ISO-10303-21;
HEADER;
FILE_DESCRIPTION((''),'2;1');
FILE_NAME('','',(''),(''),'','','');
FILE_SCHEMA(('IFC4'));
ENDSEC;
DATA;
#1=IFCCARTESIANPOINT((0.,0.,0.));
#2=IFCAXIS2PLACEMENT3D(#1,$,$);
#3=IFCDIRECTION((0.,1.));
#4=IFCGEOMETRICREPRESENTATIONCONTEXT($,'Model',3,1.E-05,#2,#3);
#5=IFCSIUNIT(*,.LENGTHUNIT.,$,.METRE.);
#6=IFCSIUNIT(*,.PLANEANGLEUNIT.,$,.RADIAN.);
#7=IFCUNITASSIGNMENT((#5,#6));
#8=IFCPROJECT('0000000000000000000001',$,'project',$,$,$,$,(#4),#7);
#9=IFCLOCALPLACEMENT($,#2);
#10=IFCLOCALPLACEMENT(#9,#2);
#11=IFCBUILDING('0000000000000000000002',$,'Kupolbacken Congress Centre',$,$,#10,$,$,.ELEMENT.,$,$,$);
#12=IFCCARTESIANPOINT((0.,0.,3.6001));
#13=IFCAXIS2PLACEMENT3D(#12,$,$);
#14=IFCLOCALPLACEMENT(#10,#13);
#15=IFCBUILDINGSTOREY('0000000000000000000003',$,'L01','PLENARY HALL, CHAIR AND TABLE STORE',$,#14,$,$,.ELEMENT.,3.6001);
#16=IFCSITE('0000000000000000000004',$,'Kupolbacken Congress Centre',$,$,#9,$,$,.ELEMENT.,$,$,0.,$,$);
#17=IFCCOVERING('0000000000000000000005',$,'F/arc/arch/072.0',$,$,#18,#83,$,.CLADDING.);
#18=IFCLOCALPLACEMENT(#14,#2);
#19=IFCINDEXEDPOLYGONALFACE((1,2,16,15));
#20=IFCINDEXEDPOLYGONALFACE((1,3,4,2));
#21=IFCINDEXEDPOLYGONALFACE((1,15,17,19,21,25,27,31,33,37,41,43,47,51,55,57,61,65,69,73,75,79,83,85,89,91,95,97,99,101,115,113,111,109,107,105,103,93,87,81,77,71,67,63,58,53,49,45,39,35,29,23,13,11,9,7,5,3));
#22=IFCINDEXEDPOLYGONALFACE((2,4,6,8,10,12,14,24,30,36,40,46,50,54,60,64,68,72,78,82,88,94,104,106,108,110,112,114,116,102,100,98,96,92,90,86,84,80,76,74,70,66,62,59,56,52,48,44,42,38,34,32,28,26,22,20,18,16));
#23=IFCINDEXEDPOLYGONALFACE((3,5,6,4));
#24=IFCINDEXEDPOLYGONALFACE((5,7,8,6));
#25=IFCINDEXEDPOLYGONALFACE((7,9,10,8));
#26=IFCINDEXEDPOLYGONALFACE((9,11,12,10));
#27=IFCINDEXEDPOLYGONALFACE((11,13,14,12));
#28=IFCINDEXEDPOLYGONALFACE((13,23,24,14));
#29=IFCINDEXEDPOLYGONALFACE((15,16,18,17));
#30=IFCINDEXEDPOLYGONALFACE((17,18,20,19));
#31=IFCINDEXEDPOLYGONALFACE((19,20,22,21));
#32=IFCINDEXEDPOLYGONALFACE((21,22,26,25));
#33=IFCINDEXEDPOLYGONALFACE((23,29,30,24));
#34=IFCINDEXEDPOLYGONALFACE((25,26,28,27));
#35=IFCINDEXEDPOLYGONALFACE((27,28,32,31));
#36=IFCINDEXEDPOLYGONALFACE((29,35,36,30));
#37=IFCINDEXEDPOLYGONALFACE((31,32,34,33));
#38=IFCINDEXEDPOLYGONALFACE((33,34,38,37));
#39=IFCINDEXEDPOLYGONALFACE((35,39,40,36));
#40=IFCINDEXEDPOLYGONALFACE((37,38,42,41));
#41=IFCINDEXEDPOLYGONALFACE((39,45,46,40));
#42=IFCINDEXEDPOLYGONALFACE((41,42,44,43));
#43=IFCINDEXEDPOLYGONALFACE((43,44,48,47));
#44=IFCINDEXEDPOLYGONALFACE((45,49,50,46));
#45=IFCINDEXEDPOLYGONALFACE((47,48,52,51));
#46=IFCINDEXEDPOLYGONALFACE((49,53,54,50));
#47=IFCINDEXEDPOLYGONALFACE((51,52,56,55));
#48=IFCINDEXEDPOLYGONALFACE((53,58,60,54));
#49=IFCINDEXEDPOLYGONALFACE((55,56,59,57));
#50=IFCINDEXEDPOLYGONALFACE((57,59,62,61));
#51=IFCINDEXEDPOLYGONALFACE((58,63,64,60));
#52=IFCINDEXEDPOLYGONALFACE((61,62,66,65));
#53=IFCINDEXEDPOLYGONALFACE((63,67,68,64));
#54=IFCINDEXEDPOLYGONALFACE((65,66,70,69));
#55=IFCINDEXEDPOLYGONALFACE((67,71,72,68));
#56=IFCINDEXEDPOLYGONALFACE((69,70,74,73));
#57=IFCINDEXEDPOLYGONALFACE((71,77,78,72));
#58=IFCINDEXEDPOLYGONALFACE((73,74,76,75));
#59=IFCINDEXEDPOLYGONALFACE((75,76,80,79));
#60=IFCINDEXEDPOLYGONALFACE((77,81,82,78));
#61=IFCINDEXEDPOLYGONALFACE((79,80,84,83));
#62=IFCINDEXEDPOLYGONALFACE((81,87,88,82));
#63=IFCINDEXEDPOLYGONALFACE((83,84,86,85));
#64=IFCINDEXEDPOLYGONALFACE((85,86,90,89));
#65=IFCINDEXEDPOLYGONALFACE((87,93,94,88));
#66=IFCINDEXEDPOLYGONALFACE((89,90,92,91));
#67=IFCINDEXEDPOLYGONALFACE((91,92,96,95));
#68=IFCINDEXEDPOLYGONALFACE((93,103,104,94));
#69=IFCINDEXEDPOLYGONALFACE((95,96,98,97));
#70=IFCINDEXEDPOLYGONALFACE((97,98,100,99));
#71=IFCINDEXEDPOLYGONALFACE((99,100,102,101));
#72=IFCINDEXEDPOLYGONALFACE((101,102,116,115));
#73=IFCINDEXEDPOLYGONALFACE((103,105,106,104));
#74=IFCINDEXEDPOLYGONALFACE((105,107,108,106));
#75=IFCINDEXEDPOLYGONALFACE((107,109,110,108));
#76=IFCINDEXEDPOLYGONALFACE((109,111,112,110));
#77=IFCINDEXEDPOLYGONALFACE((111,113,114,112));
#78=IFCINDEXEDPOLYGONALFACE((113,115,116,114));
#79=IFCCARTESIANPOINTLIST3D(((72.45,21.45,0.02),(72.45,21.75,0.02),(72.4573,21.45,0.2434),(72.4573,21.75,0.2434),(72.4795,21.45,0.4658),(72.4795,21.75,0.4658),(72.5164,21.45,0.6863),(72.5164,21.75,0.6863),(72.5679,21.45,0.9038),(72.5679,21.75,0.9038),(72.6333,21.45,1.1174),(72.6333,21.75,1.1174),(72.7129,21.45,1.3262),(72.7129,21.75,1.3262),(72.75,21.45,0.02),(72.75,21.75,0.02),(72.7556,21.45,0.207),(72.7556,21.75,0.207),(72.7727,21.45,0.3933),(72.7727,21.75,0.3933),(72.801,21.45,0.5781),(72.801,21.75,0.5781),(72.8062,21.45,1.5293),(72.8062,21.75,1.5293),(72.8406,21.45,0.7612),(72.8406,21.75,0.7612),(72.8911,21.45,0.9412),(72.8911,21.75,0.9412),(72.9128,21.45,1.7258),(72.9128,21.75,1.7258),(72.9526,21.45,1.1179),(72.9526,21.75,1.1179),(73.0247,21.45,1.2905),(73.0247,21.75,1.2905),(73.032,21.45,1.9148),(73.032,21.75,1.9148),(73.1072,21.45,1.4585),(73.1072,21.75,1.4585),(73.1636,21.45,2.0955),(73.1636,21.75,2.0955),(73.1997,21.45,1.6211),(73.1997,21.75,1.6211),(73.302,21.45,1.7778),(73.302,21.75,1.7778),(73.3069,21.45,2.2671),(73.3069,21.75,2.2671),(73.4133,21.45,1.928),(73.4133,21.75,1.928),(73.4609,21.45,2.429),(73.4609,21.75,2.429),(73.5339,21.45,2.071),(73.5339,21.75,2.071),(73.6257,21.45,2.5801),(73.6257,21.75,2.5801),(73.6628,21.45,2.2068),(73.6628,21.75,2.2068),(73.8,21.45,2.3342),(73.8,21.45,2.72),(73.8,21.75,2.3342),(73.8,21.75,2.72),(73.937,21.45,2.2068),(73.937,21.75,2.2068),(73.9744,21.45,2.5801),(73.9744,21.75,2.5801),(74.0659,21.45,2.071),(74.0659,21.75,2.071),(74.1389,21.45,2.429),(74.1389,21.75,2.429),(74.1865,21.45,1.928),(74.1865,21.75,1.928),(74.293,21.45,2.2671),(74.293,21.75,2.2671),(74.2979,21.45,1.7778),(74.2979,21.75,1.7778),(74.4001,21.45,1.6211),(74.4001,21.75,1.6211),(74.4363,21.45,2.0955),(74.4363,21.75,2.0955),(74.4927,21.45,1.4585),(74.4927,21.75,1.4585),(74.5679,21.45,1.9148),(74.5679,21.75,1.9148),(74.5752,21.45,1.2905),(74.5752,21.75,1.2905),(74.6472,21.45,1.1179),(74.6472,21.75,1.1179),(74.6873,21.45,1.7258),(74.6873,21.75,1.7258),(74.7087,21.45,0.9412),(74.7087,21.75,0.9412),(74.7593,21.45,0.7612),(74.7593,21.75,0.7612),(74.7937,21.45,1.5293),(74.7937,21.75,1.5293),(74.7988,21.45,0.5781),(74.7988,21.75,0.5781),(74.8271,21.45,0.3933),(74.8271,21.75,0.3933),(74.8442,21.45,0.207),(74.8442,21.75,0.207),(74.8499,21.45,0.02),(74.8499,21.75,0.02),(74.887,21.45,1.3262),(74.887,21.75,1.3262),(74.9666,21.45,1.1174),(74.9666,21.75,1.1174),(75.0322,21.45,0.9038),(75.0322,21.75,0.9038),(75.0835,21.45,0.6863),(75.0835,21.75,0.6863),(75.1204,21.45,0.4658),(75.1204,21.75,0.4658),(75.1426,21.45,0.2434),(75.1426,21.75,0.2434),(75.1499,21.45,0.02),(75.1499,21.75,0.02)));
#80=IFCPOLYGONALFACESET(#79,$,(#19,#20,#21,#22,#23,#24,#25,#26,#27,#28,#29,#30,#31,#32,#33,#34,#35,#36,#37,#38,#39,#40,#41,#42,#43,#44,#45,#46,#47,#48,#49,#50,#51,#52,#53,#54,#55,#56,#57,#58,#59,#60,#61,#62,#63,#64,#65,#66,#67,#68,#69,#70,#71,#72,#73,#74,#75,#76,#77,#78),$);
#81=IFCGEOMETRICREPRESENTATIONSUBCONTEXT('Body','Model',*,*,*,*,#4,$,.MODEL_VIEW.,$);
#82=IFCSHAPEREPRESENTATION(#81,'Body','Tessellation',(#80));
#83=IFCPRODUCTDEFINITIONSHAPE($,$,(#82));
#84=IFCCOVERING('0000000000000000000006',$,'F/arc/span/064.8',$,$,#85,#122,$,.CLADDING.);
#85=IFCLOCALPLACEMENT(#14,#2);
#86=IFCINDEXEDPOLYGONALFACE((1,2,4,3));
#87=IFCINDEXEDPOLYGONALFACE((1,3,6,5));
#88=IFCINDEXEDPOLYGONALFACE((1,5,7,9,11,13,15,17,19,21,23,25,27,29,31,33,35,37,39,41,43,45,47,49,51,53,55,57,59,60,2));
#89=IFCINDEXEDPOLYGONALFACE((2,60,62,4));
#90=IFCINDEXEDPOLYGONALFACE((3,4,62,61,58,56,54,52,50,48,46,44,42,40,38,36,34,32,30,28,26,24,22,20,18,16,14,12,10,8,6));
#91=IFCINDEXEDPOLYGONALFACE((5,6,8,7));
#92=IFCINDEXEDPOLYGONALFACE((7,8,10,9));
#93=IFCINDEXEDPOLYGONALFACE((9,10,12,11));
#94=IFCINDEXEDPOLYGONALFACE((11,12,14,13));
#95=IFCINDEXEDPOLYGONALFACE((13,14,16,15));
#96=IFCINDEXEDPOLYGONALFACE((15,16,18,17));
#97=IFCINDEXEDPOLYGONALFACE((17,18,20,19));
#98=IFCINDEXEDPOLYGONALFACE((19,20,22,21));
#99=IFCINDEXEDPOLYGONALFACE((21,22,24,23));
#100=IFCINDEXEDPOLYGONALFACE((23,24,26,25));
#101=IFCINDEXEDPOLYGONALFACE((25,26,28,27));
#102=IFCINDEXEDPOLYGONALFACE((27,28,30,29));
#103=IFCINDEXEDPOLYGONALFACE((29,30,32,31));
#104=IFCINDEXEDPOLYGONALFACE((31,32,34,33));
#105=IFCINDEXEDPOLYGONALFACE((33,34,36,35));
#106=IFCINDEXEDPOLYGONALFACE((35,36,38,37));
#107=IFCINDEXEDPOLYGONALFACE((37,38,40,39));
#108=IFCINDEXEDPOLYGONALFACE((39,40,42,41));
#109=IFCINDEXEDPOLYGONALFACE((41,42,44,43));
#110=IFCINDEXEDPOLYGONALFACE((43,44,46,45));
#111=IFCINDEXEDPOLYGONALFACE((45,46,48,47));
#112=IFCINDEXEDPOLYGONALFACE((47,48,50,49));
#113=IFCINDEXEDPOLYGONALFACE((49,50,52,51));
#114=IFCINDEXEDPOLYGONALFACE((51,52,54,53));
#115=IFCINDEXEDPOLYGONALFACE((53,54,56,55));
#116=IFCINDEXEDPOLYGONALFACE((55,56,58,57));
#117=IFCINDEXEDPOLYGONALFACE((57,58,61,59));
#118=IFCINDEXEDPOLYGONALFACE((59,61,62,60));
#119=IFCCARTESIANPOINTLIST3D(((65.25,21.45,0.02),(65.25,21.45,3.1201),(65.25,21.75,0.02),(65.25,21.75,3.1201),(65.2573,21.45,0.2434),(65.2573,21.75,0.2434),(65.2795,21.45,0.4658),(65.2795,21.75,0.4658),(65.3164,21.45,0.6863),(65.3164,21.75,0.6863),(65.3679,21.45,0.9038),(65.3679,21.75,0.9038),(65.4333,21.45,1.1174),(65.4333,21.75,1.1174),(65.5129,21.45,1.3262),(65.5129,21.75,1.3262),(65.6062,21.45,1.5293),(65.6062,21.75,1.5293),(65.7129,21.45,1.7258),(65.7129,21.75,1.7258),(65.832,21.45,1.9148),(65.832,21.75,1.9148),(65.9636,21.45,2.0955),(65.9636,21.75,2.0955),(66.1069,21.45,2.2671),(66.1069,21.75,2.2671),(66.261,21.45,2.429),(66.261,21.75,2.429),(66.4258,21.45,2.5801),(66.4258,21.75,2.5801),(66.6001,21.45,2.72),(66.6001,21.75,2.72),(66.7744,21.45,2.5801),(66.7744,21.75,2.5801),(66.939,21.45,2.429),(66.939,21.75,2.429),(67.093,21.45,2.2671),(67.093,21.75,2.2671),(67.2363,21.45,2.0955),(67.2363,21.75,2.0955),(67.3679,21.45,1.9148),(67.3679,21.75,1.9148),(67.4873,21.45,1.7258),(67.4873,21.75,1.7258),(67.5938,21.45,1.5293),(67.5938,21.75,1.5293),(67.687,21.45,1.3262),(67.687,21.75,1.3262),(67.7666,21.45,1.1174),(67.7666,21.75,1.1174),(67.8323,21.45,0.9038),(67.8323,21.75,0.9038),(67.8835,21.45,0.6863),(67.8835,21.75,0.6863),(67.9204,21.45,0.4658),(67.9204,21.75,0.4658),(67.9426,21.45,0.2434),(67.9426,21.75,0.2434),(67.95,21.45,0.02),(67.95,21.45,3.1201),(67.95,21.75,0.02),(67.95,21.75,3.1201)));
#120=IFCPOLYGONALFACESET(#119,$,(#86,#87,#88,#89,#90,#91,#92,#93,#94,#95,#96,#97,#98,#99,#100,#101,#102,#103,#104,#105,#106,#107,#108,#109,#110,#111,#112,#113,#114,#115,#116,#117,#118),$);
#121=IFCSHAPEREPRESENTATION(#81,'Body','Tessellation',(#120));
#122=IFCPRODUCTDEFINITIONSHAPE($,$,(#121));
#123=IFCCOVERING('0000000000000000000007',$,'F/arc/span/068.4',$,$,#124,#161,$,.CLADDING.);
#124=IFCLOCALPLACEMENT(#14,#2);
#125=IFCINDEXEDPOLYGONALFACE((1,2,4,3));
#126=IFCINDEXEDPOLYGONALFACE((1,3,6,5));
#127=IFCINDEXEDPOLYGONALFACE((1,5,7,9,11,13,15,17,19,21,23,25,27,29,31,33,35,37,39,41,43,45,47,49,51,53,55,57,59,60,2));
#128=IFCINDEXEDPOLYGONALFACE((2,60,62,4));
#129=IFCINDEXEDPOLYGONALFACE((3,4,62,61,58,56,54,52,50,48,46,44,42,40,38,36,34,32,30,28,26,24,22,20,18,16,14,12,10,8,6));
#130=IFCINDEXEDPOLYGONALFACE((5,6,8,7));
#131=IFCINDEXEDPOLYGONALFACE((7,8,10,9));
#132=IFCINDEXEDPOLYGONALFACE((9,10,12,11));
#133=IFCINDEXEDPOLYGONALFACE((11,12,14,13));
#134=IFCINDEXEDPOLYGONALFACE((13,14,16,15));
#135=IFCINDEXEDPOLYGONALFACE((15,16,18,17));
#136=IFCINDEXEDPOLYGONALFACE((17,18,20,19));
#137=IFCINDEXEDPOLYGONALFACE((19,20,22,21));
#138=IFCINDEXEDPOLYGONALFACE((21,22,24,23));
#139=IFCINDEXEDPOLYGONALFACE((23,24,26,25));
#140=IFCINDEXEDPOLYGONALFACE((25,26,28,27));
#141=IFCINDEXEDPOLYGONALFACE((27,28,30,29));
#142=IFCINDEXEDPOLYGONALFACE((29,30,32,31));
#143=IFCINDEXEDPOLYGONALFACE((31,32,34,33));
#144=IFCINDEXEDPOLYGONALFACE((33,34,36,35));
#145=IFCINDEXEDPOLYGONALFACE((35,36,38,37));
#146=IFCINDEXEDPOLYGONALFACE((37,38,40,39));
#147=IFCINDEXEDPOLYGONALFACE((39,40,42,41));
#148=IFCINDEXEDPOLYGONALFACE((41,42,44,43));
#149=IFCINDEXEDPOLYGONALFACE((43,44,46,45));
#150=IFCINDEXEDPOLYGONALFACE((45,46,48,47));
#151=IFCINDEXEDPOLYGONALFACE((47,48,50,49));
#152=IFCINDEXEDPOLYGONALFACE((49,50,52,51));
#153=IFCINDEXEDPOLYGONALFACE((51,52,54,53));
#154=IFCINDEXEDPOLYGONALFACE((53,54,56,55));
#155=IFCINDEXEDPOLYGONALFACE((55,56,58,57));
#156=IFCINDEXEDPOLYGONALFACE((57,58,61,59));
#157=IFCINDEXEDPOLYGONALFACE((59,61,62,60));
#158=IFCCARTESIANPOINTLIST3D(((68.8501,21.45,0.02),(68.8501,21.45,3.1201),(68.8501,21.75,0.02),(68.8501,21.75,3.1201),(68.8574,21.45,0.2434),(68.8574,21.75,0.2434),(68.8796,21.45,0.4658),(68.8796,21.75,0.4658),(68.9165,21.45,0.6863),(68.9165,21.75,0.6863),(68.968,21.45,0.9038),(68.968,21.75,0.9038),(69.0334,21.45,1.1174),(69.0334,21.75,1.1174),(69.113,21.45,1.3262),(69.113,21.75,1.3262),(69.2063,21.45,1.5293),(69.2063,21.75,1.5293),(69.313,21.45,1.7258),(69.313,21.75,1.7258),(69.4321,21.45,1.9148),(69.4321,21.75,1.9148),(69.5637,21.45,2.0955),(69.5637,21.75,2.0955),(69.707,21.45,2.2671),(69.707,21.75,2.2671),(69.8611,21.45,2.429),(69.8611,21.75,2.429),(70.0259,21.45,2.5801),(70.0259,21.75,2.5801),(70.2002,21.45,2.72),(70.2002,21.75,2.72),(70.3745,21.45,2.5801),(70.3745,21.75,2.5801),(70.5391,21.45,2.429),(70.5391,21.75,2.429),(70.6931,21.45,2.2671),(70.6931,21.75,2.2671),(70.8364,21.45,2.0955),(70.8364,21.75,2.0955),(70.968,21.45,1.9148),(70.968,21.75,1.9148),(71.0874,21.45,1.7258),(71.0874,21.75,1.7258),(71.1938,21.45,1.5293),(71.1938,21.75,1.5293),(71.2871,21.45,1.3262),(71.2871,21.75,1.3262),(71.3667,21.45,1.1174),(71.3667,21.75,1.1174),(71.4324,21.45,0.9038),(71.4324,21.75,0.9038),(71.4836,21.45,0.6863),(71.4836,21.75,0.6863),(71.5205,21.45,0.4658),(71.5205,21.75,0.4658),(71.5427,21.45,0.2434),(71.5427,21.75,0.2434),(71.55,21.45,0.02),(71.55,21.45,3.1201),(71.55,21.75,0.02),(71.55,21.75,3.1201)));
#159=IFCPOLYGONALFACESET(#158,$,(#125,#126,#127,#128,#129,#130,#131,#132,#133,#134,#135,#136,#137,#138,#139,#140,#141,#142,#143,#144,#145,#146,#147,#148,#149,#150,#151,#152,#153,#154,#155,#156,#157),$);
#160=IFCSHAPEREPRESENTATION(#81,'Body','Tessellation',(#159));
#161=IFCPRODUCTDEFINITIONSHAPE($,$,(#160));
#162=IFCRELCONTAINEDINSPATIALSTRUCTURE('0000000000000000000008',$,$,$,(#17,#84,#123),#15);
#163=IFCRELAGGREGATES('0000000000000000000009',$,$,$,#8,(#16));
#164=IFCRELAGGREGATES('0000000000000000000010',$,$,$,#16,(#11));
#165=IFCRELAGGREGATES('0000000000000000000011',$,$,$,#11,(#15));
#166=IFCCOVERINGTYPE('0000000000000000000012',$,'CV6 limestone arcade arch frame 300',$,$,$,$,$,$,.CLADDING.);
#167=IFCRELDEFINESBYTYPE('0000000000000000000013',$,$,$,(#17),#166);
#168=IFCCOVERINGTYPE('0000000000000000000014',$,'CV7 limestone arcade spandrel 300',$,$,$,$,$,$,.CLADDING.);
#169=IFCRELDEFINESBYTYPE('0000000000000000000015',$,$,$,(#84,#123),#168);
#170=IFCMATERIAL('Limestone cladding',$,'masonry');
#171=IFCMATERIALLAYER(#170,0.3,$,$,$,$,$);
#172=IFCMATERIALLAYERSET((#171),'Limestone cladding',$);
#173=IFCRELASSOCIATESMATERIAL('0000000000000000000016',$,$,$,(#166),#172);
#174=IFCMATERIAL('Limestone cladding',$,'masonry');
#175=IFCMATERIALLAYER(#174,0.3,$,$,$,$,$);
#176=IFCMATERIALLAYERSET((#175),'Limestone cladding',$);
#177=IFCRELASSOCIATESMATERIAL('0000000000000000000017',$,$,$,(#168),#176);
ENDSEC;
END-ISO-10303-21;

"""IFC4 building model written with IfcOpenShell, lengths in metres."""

from ifc_helpers import new_model, si_unit, direction, frame, origin, place, context, subcontext, project, spatial, polyline, outline, extrude, material, layer, layer_set, type_object, element, save


model = new_model("IFC4")

# Units and contexts
model_context = context("Model", 3, precision=1e-05, world=origin(), true_north=direction((0.0, 1.0)))
body_context = subcontext(model_context, "Body", "Model", "MODEL_VIEW")
ifc_project = project(units=[si_unit("LENGTHUNIT", "METRE"), si_unit("PLANEANGLEUNIT", "RADIAN")], contexts=[model_context])

# Site, building, storey
site_placement = place(None, origin())
site = spatial("IfcSite", under=ifc_project, at=site_placement, Name="Kupolbacken Congress Centre", CompositionType="ELEMENT", RefElevation=0.0)
building_placement = place(site_placement, origin())
building = spatial("IfcBuilding", under=site, at=building_placement, Name="Kupolbacken Congress Centre", CompositionType="ELEMENT")
storey_placement = place(building_placement, frame((0.0, 0.0, 3.6001)))
storey = spatial("IfcBuildingStorey", under=building, at=storey_placement, Name="L01", Description="PLENARY HALL, CHAIR AND TABLE STORE", CompositionType="ELEMENT", Elevation=3.6001)

# Coverings
ifc_material_1 = material(Name="Limestone cladding", Category="masonry")
ifc_layer_1 = layer(ifc_material_1, 0.3)
ifc_layer_set_1 = layer_set([ifc_layer_1], Name="Limestone cladding")
covering_type_1 = type_object("IfcCoveringType", Name="CV6 limestone arcade arch frame 300", PredefinedType="CLADDING", material=ifc_layer_set_1)
covering_1_placement = place(storey_placement, frame((72.45, 21.45, 0.02), z_axis=(0.0, 1.0, 0.0), x_axis=(-1.0, 0.0, 0.0)))
element("IfcCovering", 1, at=covering_1_placement, inside=storey, type_object=covering_type_1, Name="F/arc/arch/072.0", PredefinedType="CLADDING", context=body_context, shape_type="SweptSolid", body=[
    extrude(outline(polyline([(0.0, 0.0), (-0.0073, 0.2234), (-0.0295, 0.4458), (-0.0664, 0.6663), (-0.1179, 0.8838), (-0.1833, 1.0974), (-0.2629, 1.3062), (-0.3562, 1.5093), (-0.4629, 1.7058), (-0.582, 1.8948), (-0.7136, 2.0754), (-0.8569, 2.2471), (-1.011, 2.4089), (-1.1758, 2.5601), (-1.3501, 2.7), (-1.5244, 2.5601), (-1.689, 2.4089), (-1.843, 2.2471), (-1.9863, 2.0754), (-2.1179, 1.8948), (-2.2373, 1.7058), (-2.3438, 1.5093), (-2.437, 1.3062), (-2.5166, 1.0974), (-2.5823, 0.8838), (-2.6335, 0.6663), (-2.6704, 0.4458), (-2.6926, 0.2234), (-2.7, 0.0), (-2.3999, 0.0), (-2.3943, 0.187), (-2.3772, 0.3733), (-2.3489, 0.5581), (-2.3093, 0.7412), (-2.2588, 0.9211), (-2.1973, 1.0979), (-2.1252, 1.2705), (-2.0427, 1.4385), (-1.9502, 1.6011), (-1.8479, 1.7578), (-1.7366, 1.908), (-1.616, 2.051), (-1.4871, 2.1868), (-1.3501, 2.3142), (-1.2129, 2.1868), (-1.084, 2.051), (-0.9634, 1.908), (-0.8521, 1.7578), (-0.7498, 1.6011), (-0.6572, 1.4385), (-0.5747, 1.2705), (-0.5027, 1.0979), (-0.4412, 0.9211), (-0.3906, 0.7412), (-0.3511, 0.5581), (-0.3228, 0.3733), (-0.3057, 0.187), (-0.3, 0.0), (0.0, 0.0)])), origin(), (0.0, 0.0, 1.0), 0.3),
])
ifc_material_2 = material(Name="Limestone cladding", Category="masonry")
ifc_layer_2 = layer(ifc_material_2, 0.3)
ifc_layer_set_2 = layer_set([ifc_layer_2], Name="Limestone cladding")
covering_type_2 = type_object("IfcCoveringType", Name="CV7 limestone arcade spandrel 300", PredefinedType="CLADDING", material=ifc_layer_set_2)
covering_2_placement = place(storey_placement, frame((65.25, 21.45, 0.02), z_axis=(0.0, 1.0, 0.0), x_axis=(-1.0, 0.0, 0.0)))
element("IfcCovering", 2, at=covering_2_placement, inside=storey, type_object=covering_type_2, Name="F/arc/span/064.8", PredefinedType="CLADDING", context=body_context, shape_type="SweptSolid", body=[
    extrude(outline(polyline([(0.0, 0.0), (0.0, 3.1001), (-2.7, 3.1001), (-2.7, 0.0), (-2.6926, 0.2234), (-2.6704, 0.4458), (-2.6335, 0.6663), (-2.5823, 0.8838), (-2.5166, 1.0974), (-2.437, 1.3062), (-2.3438, 1.5093), (-2.2373, 1.7058), (-2.1179, 1.8948), (-1.9863, 2.0754), (-1.843, 2.2471), (-1.689, 2.4089), (-1.5244, 2.5601), (-1.3501, 2.7), (-1.1758, 2.5601), (-1.011, 2.4089), (-0.8569, 2.2471), (-0.7136, 2.0754), (-0.582, 1.8948), (-0.4629, 1.7058), (-0.3562, 1.5093), (-0.2629, 1.3062), (-0.1833, 1.0974), (-0.1179, 0.8838), (-0.0664, 0.6663), (-0.0295, 0.4458), (-0.0073, 0.2234), (0.0, 0.0)])), origin(), (0.0, 0.0, 1.0), 0.3),
])
covering_3_placement = place(storey_placement, frame((68.8501, 21.45, 0.02), z_axis=(0.0, 1.0, 0.0), x_axis=(-1.0, 0.0, 0.0)))
element("IfcCovering", 3, at=covering_3_placement, inside=storey, type_object=covering_type_2, Name="F/arc/span/068.4", PredefinedType="CLADDING", context=body_context, shape_type="SweptSolid", body=[
    extrude(outline(polyline([(0.0, 0.0), (0.0, 3.1001), (-2.7, 3.1001), (-2.7, 0.0), (-2.6926, 0.2234), (-2.6704, 0.4458), (-2.6335, 0.6663), (-2.5823, 0.8838), (-2.5166, 1.0974), (-2.437, 1.3062), (-2.3438, 1.5093), (-2.2373, 1.7058), (-2.1179, 1.8948), (-1.9863, 2.0754), (-1.843, 2.2471), (-1.689, 2.4089), (-1.5244, 2.5601), (-1.3501, 2.7), (-1.1758, 2.5601), (-1.011, 2.4089), (-0.8569, 2.2471), (-0.7136, 2.0754), (-0.582, 1.8948), (-0.4629, 1.7058), (-0.3562, 1.5093), (-0.2629, 1.3062), (-0.1833, 1.0974), (-0.1179, 0.8838), (-0.0664, 0.6663), (-0.0295, 0.4458), (-0.0073, 0.2234), (0.0, 0.0)])), origin(), (0.0, 0.0, 1.0), 0.3),
])

save(model, "model.ifc")
